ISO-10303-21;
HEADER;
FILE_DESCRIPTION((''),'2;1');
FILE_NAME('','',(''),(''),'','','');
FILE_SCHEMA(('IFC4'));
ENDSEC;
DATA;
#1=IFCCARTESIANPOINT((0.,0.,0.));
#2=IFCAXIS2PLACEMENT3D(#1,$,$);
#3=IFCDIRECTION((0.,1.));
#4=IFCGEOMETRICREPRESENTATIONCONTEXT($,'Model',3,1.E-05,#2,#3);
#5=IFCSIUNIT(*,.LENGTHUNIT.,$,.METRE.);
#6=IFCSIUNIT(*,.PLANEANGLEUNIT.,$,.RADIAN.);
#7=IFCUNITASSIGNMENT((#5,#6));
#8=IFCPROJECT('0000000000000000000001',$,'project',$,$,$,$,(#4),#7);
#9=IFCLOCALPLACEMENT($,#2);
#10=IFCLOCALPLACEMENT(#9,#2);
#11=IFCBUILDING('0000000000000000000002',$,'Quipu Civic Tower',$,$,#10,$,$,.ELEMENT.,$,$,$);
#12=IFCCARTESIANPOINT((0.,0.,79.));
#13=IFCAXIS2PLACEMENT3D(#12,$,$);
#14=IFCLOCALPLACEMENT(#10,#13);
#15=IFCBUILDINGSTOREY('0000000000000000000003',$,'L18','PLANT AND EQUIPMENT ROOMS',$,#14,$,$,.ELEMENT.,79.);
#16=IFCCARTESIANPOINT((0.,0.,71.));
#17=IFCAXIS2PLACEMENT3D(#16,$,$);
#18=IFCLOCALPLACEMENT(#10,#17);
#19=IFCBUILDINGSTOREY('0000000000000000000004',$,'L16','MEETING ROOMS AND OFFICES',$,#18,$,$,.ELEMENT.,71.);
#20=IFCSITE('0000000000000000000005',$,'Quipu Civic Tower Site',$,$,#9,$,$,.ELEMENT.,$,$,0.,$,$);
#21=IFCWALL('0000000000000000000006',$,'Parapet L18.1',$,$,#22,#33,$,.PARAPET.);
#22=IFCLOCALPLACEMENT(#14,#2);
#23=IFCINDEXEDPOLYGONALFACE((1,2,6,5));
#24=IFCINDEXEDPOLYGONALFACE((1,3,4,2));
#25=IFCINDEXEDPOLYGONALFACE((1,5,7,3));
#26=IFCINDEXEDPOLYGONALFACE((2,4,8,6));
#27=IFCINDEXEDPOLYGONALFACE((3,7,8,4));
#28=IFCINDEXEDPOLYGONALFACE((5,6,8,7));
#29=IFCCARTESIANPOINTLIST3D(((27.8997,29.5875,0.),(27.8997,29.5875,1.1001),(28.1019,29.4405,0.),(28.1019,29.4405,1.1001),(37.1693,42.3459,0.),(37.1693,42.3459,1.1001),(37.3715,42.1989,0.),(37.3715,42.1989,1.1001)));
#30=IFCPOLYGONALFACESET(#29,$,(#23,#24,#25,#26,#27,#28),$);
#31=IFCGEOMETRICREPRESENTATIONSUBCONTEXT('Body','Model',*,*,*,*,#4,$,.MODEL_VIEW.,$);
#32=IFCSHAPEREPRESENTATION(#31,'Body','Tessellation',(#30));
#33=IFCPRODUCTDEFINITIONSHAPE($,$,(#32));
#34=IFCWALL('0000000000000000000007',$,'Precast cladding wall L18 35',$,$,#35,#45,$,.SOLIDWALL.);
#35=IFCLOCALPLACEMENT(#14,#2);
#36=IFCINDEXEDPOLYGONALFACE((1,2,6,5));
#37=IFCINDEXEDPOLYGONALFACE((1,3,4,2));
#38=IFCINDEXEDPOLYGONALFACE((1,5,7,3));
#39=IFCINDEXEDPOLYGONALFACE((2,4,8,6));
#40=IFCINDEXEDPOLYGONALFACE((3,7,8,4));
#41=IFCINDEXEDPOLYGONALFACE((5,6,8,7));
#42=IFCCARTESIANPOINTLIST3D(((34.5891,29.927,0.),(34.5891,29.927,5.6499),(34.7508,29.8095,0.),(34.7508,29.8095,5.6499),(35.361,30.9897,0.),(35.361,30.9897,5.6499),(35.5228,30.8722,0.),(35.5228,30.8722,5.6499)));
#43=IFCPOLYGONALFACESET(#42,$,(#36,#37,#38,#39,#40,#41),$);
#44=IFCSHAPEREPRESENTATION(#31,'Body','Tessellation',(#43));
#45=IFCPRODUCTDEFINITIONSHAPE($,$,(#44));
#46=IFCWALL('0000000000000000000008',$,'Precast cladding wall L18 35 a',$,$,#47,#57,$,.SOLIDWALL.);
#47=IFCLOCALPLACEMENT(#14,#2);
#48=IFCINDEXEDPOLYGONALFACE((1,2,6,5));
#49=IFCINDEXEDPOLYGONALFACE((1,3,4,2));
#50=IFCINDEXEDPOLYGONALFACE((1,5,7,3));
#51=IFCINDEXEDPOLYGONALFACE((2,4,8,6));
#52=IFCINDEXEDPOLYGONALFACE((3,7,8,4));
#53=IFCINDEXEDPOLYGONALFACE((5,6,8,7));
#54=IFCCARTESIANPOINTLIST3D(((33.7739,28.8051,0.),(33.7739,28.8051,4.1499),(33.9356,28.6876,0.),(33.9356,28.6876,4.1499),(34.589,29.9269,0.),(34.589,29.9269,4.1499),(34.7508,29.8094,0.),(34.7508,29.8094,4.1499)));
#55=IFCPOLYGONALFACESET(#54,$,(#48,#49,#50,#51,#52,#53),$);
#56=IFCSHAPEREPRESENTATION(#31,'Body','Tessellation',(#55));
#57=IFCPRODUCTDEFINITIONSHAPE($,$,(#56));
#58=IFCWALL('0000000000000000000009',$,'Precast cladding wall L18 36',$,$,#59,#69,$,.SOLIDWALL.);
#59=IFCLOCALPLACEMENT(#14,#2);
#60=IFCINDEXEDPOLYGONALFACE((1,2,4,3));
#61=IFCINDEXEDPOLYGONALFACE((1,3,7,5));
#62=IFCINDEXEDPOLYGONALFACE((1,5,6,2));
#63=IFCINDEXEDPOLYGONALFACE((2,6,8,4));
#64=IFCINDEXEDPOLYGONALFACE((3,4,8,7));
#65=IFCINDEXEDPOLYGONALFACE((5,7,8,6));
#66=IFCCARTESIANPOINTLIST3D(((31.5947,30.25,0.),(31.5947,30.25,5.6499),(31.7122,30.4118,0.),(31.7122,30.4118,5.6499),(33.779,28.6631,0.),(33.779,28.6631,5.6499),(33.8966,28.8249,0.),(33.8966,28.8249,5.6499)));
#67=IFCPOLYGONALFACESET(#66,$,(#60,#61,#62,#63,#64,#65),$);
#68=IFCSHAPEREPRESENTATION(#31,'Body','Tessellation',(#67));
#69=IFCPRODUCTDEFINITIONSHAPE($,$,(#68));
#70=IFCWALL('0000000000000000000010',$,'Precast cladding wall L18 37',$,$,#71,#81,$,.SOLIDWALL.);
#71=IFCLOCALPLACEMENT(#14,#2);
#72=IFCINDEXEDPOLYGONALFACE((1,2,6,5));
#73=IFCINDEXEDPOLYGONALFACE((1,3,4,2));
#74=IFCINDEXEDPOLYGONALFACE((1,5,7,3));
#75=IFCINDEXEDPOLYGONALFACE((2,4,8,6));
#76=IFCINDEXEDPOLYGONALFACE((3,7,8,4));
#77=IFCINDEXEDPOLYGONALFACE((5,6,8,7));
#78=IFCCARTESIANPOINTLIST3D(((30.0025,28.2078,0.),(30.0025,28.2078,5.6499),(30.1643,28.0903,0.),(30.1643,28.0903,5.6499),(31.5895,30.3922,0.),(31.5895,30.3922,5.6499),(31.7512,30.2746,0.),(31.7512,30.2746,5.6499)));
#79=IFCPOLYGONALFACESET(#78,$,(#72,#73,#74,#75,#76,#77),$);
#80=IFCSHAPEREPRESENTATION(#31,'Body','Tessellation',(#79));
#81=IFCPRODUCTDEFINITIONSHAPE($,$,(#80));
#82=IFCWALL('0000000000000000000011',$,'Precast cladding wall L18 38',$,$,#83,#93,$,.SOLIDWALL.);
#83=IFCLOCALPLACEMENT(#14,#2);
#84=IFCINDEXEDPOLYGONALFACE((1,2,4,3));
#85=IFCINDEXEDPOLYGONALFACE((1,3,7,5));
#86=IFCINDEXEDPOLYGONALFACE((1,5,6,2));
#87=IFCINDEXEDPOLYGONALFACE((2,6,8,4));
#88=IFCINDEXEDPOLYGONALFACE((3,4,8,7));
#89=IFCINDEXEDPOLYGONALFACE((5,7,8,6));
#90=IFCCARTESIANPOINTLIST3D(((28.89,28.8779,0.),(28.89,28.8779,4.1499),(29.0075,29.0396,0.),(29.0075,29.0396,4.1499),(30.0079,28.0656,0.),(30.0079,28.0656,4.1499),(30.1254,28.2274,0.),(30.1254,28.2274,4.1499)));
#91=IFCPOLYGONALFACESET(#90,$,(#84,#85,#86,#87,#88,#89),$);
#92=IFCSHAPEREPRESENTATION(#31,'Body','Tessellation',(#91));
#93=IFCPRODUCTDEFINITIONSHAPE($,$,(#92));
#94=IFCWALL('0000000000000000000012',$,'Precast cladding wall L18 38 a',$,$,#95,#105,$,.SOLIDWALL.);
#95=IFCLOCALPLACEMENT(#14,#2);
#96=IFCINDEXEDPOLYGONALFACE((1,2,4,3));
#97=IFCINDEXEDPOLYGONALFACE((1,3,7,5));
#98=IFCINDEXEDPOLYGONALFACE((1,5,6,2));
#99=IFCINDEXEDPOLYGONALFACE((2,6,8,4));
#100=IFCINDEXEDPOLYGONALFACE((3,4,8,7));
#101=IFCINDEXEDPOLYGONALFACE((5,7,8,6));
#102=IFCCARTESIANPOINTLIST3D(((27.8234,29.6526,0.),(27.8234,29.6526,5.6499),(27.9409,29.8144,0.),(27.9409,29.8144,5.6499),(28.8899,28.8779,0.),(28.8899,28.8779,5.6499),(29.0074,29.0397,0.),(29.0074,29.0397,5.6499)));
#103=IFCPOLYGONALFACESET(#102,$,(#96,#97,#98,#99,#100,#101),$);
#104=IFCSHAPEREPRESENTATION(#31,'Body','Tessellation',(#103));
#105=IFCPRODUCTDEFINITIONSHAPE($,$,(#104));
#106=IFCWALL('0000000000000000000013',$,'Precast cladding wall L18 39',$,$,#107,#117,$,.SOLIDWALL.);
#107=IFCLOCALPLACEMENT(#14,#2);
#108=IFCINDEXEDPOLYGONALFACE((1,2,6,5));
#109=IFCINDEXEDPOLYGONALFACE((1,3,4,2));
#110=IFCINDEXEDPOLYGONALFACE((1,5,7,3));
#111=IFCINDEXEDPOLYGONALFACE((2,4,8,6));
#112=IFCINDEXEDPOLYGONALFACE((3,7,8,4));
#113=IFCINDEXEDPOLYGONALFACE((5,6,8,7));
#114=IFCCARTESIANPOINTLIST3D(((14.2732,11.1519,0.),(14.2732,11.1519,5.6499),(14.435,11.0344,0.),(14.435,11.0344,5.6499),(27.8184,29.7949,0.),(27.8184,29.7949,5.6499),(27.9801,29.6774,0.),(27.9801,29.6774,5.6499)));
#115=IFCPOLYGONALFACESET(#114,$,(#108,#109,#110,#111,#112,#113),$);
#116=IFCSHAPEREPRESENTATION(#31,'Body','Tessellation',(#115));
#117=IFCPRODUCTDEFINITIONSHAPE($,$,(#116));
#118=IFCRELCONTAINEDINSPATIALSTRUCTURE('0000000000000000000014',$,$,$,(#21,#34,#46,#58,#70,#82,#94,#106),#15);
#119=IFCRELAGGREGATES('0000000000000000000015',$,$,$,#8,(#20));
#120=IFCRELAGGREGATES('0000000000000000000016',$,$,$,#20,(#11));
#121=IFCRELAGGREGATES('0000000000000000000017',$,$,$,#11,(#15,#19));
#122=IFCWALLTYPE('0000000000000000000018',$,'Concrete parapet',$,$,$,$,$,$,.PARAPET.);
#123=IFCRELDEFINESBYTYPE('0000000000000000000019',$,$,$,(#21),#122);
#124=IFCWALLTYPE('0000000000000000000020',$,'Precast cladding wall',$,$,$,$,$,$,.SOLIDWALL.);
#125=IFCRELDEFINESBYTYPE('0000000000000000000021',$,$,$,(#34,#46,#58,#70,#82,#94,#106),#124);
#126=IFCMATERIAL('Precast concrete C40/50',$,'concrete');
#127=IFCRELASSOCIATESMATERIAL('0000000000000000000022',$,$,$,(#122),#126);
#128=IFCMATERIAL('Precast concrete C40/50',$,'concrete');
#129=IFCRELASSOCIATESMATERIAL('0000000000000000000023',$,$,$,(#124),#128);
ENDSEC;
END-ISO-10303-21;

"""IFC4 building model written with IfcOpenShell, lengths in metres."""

from ifc_helpers import new_model, si_unit, direction, frame, frame_2d, origin, place, context, subcontext, project, spatial, rectangle, extrude, material, type_object, element, save


model = new_model("IFC4")

# Units and contexts
model_context = context("Model", 3, precision=1e-05, world=origin(), true_north=direction((0.0, 1.0)))
body_context = subcontext(model_context, "Body", "Model", "MODEL_VIEW")
ifc_project = project(units=[si_unit("LENGTHUNIT", "METRE"), si_unit("PLANEANGLEUNIT", "RADIAN")], contexts=[model_context])

# Site, building, storey
site_placement = place(None, origin())
site = spatial("IfcSite", under=ifc_project, at=site_placement, Name="Quipu Civic Tower Site", CompositionType="ELEMENT", RefElevation=0.0)
building_placement = place(site_placement, origin())
building = spatial("IfcBuilding", under=site, at=building_placement, Name="Quipu Civic Tower", CompositionType="ELEMENT")
storey_1_placement = place(building_placement, frame((0.0, 0.0, 79.0)))
storey_1 = spatial("IfcBuildingStorey", under=building, at=storey_1_placement, Name="L18", Description="PLANT AND EQUIPMENT ROOMS", CompositionType="ELEMENT", Elevation=79.0)

# Shared definitions
storey_2_placement = place(building_placement, frame((0.0, 0.0, 71.0)))
storey_2 = spatial("IfcBuildingStorey", under=building, at=storey_2_placement, Name="L16", Description="MEETING ROOMS AND OFFICES", CompositionType="ELEMENT", Elevation=71.0)

# Walls
ifc_material_1 = material(Name="Precast concrete C40/50", Category="concrete")
wall_type_1 = type_object("IfcWallType", Name="Concrete parapet", PredefinedType="PARAPET", material=ifc_material_1)
wall_1_placement = place(storey_1_placement, frame((28.0007, 29.5139, 0.0), z_axis=(0.0, 0.0, 1.0), x_axis=(0.587789, 0.809014, 0.0)))
element("IfcWall", 1, at=wall_1_placement, inside=storey_1, type_object=wall_type_1, Name="Parapet L18.1", PredefinedType="PARAPET", context=body_context, shape_type="SweptSolid", body=[
    extrude(rectangle(XDim=15.7703, YDim=0.25, at=frame_2d((7.8853, 0.0))), origin(), (0.0, 0.0, 1.0), 1.1001),
])
ifc_material_2 = material(Name="Precast concrete C40/50", Category="concrete")
wall_type_2 = type_object("IfcWallType", Name="Precast cladding wall", PredefinedType="SOLIDWALL", material=ifc_material_2)
wall_2_placement = place(storey_1_placement, frame((35.4419, 30.9309, 0.0), z_axis=(0.0, 0.0, 1.0), x_axis=(-0.587707, -0.809074, 0.0)))
element("IfcWall", 2, at=wall_2_placement, inside=storey_1, type_object=wall_type_2, Name="Precast cladding wall L18 35", PredefinedType="SOLIDWALL", context=body_context, shape_type="SweptSolid", body=[
    extrude(rectangle(XDim=1.3135, YDim=0.2, at=frame_2d((0.6567, 0.0))), origin(), (0.0, 0.0, 1.0), 5.6499),
])
wall_3_placement = place(storey_1_placement, frame((34.6699, 29.8682, 0.0), z_axis=(0.0, 0.0, 1.0), x_axis=(-0.587847, -0.808972, 0.0)))
element("IfcWall", 3, at=wall_3_placement, inside=storey_1, type_object=wall_type_2, Name="Precast cladding wall L18 35 a", PredefinedType="SOLIDWALL", context=body_context, shape_type="SweptSolid", body=[
    extrude(rectangle(XDim=1.3867, YDim=0.2, at=frame_2d((0.6934, 0.0))), origin(), (0.0, 0.0, 1.0), 4.1499),
])
for number, where, z_axis, x_axis, name in (
    (4, (33.8379, 28.7439, 0.0), (0.0, 0.0, 1.0), (-0.809033, 0.587763, 0.0), "Precast cladding wall L18 36"),
    (5, (31.6704, 30.3335, 0.0), (0.0, 0.0, 1.0), (-0.587763, -0.809033, 0.0), "Precast cladding wall L18 37"),
):
    element("IfcWall", number, at=place(storey_1_placement, frame(where, z_axis=z_axis, x_axis=x_axis)), inside=storey_1, type_object=wall_type_2, Name=name, PredefinedType="SOLIDWALL", context=body_context, shape_type="SweptSolid", body=[
        extrude(rectangle(XDim=2.7, YDim=0.2, at=frame_2d((1.3501, 0.0))), origin(), (0.0, 0.0, 1.0), 5.6499),
    ])
wall_4_placement = place(storey_1_placement, frame((30.0667, 28.1465, 0.0), z_axis=(0.0, 0.0, 1.0), x_axis=(-0.809003, 0.587804, 0.0)))
element("IfcWall", 6, at=wall_4_placement, inside=storey_1, type_object=wall_type_2, Name="Precast cladding wall L18 38", PredefinedType="SOLIDWALL", context=body_context, shape_type="SweptSolid", body=[
    extrude(rectangle(XDim=1.3818, YDim=0.2, at=frame_2d((0.6909, 0.0))), origin(), (0.0, 0.0, 1.0), 4.1499),
])
wall_5_placement = place(storey_1_placement, frame((28.9487, 28.9587, 0.0), z_axis=(0.0, 0.0, 1.0), x_axis=(-0.809064, 0.58772, 0.0)))
element("IfcWall", 7, at=wall_5_placement, inside=storey_1, type_object=wall_type_2, Name="Precast cladding wall L18 38 a", PredefinedType="SOLIDWALL", context=body_context, shape_type="SweptSolid", body=[
    extrude(rectangle(XDim=1.3181, YDim=0.2, at=frame_2d((0.6592, 0.0))), origin(), (0.0, 0.0, 1.0), 5.6499),
])
wall_6_placement = place(storey_1_placement, frame((27.8992, 29.7361, 0.0), z_axis=(0.0, 0.0, 1.0), x_axis=(-0.587791, -0.809013, 0.0)))
element("IfcWall", 8, at=wall_6_placement, inside=storey_1, type_object=wall_type_2, Name="Precast cladding wall L18 39", PredefinedType="SOLIDWALL", context=body_context, shape_type="SweptSolid", body=[
    extrude(rectangle(XDim=23.0442, YDim=0.2, at=frame_2d((11.522, 0.0))), origin(), (0.0, 0.0, 1.0), 5.6499),
])

save(model, "model.ifc")
